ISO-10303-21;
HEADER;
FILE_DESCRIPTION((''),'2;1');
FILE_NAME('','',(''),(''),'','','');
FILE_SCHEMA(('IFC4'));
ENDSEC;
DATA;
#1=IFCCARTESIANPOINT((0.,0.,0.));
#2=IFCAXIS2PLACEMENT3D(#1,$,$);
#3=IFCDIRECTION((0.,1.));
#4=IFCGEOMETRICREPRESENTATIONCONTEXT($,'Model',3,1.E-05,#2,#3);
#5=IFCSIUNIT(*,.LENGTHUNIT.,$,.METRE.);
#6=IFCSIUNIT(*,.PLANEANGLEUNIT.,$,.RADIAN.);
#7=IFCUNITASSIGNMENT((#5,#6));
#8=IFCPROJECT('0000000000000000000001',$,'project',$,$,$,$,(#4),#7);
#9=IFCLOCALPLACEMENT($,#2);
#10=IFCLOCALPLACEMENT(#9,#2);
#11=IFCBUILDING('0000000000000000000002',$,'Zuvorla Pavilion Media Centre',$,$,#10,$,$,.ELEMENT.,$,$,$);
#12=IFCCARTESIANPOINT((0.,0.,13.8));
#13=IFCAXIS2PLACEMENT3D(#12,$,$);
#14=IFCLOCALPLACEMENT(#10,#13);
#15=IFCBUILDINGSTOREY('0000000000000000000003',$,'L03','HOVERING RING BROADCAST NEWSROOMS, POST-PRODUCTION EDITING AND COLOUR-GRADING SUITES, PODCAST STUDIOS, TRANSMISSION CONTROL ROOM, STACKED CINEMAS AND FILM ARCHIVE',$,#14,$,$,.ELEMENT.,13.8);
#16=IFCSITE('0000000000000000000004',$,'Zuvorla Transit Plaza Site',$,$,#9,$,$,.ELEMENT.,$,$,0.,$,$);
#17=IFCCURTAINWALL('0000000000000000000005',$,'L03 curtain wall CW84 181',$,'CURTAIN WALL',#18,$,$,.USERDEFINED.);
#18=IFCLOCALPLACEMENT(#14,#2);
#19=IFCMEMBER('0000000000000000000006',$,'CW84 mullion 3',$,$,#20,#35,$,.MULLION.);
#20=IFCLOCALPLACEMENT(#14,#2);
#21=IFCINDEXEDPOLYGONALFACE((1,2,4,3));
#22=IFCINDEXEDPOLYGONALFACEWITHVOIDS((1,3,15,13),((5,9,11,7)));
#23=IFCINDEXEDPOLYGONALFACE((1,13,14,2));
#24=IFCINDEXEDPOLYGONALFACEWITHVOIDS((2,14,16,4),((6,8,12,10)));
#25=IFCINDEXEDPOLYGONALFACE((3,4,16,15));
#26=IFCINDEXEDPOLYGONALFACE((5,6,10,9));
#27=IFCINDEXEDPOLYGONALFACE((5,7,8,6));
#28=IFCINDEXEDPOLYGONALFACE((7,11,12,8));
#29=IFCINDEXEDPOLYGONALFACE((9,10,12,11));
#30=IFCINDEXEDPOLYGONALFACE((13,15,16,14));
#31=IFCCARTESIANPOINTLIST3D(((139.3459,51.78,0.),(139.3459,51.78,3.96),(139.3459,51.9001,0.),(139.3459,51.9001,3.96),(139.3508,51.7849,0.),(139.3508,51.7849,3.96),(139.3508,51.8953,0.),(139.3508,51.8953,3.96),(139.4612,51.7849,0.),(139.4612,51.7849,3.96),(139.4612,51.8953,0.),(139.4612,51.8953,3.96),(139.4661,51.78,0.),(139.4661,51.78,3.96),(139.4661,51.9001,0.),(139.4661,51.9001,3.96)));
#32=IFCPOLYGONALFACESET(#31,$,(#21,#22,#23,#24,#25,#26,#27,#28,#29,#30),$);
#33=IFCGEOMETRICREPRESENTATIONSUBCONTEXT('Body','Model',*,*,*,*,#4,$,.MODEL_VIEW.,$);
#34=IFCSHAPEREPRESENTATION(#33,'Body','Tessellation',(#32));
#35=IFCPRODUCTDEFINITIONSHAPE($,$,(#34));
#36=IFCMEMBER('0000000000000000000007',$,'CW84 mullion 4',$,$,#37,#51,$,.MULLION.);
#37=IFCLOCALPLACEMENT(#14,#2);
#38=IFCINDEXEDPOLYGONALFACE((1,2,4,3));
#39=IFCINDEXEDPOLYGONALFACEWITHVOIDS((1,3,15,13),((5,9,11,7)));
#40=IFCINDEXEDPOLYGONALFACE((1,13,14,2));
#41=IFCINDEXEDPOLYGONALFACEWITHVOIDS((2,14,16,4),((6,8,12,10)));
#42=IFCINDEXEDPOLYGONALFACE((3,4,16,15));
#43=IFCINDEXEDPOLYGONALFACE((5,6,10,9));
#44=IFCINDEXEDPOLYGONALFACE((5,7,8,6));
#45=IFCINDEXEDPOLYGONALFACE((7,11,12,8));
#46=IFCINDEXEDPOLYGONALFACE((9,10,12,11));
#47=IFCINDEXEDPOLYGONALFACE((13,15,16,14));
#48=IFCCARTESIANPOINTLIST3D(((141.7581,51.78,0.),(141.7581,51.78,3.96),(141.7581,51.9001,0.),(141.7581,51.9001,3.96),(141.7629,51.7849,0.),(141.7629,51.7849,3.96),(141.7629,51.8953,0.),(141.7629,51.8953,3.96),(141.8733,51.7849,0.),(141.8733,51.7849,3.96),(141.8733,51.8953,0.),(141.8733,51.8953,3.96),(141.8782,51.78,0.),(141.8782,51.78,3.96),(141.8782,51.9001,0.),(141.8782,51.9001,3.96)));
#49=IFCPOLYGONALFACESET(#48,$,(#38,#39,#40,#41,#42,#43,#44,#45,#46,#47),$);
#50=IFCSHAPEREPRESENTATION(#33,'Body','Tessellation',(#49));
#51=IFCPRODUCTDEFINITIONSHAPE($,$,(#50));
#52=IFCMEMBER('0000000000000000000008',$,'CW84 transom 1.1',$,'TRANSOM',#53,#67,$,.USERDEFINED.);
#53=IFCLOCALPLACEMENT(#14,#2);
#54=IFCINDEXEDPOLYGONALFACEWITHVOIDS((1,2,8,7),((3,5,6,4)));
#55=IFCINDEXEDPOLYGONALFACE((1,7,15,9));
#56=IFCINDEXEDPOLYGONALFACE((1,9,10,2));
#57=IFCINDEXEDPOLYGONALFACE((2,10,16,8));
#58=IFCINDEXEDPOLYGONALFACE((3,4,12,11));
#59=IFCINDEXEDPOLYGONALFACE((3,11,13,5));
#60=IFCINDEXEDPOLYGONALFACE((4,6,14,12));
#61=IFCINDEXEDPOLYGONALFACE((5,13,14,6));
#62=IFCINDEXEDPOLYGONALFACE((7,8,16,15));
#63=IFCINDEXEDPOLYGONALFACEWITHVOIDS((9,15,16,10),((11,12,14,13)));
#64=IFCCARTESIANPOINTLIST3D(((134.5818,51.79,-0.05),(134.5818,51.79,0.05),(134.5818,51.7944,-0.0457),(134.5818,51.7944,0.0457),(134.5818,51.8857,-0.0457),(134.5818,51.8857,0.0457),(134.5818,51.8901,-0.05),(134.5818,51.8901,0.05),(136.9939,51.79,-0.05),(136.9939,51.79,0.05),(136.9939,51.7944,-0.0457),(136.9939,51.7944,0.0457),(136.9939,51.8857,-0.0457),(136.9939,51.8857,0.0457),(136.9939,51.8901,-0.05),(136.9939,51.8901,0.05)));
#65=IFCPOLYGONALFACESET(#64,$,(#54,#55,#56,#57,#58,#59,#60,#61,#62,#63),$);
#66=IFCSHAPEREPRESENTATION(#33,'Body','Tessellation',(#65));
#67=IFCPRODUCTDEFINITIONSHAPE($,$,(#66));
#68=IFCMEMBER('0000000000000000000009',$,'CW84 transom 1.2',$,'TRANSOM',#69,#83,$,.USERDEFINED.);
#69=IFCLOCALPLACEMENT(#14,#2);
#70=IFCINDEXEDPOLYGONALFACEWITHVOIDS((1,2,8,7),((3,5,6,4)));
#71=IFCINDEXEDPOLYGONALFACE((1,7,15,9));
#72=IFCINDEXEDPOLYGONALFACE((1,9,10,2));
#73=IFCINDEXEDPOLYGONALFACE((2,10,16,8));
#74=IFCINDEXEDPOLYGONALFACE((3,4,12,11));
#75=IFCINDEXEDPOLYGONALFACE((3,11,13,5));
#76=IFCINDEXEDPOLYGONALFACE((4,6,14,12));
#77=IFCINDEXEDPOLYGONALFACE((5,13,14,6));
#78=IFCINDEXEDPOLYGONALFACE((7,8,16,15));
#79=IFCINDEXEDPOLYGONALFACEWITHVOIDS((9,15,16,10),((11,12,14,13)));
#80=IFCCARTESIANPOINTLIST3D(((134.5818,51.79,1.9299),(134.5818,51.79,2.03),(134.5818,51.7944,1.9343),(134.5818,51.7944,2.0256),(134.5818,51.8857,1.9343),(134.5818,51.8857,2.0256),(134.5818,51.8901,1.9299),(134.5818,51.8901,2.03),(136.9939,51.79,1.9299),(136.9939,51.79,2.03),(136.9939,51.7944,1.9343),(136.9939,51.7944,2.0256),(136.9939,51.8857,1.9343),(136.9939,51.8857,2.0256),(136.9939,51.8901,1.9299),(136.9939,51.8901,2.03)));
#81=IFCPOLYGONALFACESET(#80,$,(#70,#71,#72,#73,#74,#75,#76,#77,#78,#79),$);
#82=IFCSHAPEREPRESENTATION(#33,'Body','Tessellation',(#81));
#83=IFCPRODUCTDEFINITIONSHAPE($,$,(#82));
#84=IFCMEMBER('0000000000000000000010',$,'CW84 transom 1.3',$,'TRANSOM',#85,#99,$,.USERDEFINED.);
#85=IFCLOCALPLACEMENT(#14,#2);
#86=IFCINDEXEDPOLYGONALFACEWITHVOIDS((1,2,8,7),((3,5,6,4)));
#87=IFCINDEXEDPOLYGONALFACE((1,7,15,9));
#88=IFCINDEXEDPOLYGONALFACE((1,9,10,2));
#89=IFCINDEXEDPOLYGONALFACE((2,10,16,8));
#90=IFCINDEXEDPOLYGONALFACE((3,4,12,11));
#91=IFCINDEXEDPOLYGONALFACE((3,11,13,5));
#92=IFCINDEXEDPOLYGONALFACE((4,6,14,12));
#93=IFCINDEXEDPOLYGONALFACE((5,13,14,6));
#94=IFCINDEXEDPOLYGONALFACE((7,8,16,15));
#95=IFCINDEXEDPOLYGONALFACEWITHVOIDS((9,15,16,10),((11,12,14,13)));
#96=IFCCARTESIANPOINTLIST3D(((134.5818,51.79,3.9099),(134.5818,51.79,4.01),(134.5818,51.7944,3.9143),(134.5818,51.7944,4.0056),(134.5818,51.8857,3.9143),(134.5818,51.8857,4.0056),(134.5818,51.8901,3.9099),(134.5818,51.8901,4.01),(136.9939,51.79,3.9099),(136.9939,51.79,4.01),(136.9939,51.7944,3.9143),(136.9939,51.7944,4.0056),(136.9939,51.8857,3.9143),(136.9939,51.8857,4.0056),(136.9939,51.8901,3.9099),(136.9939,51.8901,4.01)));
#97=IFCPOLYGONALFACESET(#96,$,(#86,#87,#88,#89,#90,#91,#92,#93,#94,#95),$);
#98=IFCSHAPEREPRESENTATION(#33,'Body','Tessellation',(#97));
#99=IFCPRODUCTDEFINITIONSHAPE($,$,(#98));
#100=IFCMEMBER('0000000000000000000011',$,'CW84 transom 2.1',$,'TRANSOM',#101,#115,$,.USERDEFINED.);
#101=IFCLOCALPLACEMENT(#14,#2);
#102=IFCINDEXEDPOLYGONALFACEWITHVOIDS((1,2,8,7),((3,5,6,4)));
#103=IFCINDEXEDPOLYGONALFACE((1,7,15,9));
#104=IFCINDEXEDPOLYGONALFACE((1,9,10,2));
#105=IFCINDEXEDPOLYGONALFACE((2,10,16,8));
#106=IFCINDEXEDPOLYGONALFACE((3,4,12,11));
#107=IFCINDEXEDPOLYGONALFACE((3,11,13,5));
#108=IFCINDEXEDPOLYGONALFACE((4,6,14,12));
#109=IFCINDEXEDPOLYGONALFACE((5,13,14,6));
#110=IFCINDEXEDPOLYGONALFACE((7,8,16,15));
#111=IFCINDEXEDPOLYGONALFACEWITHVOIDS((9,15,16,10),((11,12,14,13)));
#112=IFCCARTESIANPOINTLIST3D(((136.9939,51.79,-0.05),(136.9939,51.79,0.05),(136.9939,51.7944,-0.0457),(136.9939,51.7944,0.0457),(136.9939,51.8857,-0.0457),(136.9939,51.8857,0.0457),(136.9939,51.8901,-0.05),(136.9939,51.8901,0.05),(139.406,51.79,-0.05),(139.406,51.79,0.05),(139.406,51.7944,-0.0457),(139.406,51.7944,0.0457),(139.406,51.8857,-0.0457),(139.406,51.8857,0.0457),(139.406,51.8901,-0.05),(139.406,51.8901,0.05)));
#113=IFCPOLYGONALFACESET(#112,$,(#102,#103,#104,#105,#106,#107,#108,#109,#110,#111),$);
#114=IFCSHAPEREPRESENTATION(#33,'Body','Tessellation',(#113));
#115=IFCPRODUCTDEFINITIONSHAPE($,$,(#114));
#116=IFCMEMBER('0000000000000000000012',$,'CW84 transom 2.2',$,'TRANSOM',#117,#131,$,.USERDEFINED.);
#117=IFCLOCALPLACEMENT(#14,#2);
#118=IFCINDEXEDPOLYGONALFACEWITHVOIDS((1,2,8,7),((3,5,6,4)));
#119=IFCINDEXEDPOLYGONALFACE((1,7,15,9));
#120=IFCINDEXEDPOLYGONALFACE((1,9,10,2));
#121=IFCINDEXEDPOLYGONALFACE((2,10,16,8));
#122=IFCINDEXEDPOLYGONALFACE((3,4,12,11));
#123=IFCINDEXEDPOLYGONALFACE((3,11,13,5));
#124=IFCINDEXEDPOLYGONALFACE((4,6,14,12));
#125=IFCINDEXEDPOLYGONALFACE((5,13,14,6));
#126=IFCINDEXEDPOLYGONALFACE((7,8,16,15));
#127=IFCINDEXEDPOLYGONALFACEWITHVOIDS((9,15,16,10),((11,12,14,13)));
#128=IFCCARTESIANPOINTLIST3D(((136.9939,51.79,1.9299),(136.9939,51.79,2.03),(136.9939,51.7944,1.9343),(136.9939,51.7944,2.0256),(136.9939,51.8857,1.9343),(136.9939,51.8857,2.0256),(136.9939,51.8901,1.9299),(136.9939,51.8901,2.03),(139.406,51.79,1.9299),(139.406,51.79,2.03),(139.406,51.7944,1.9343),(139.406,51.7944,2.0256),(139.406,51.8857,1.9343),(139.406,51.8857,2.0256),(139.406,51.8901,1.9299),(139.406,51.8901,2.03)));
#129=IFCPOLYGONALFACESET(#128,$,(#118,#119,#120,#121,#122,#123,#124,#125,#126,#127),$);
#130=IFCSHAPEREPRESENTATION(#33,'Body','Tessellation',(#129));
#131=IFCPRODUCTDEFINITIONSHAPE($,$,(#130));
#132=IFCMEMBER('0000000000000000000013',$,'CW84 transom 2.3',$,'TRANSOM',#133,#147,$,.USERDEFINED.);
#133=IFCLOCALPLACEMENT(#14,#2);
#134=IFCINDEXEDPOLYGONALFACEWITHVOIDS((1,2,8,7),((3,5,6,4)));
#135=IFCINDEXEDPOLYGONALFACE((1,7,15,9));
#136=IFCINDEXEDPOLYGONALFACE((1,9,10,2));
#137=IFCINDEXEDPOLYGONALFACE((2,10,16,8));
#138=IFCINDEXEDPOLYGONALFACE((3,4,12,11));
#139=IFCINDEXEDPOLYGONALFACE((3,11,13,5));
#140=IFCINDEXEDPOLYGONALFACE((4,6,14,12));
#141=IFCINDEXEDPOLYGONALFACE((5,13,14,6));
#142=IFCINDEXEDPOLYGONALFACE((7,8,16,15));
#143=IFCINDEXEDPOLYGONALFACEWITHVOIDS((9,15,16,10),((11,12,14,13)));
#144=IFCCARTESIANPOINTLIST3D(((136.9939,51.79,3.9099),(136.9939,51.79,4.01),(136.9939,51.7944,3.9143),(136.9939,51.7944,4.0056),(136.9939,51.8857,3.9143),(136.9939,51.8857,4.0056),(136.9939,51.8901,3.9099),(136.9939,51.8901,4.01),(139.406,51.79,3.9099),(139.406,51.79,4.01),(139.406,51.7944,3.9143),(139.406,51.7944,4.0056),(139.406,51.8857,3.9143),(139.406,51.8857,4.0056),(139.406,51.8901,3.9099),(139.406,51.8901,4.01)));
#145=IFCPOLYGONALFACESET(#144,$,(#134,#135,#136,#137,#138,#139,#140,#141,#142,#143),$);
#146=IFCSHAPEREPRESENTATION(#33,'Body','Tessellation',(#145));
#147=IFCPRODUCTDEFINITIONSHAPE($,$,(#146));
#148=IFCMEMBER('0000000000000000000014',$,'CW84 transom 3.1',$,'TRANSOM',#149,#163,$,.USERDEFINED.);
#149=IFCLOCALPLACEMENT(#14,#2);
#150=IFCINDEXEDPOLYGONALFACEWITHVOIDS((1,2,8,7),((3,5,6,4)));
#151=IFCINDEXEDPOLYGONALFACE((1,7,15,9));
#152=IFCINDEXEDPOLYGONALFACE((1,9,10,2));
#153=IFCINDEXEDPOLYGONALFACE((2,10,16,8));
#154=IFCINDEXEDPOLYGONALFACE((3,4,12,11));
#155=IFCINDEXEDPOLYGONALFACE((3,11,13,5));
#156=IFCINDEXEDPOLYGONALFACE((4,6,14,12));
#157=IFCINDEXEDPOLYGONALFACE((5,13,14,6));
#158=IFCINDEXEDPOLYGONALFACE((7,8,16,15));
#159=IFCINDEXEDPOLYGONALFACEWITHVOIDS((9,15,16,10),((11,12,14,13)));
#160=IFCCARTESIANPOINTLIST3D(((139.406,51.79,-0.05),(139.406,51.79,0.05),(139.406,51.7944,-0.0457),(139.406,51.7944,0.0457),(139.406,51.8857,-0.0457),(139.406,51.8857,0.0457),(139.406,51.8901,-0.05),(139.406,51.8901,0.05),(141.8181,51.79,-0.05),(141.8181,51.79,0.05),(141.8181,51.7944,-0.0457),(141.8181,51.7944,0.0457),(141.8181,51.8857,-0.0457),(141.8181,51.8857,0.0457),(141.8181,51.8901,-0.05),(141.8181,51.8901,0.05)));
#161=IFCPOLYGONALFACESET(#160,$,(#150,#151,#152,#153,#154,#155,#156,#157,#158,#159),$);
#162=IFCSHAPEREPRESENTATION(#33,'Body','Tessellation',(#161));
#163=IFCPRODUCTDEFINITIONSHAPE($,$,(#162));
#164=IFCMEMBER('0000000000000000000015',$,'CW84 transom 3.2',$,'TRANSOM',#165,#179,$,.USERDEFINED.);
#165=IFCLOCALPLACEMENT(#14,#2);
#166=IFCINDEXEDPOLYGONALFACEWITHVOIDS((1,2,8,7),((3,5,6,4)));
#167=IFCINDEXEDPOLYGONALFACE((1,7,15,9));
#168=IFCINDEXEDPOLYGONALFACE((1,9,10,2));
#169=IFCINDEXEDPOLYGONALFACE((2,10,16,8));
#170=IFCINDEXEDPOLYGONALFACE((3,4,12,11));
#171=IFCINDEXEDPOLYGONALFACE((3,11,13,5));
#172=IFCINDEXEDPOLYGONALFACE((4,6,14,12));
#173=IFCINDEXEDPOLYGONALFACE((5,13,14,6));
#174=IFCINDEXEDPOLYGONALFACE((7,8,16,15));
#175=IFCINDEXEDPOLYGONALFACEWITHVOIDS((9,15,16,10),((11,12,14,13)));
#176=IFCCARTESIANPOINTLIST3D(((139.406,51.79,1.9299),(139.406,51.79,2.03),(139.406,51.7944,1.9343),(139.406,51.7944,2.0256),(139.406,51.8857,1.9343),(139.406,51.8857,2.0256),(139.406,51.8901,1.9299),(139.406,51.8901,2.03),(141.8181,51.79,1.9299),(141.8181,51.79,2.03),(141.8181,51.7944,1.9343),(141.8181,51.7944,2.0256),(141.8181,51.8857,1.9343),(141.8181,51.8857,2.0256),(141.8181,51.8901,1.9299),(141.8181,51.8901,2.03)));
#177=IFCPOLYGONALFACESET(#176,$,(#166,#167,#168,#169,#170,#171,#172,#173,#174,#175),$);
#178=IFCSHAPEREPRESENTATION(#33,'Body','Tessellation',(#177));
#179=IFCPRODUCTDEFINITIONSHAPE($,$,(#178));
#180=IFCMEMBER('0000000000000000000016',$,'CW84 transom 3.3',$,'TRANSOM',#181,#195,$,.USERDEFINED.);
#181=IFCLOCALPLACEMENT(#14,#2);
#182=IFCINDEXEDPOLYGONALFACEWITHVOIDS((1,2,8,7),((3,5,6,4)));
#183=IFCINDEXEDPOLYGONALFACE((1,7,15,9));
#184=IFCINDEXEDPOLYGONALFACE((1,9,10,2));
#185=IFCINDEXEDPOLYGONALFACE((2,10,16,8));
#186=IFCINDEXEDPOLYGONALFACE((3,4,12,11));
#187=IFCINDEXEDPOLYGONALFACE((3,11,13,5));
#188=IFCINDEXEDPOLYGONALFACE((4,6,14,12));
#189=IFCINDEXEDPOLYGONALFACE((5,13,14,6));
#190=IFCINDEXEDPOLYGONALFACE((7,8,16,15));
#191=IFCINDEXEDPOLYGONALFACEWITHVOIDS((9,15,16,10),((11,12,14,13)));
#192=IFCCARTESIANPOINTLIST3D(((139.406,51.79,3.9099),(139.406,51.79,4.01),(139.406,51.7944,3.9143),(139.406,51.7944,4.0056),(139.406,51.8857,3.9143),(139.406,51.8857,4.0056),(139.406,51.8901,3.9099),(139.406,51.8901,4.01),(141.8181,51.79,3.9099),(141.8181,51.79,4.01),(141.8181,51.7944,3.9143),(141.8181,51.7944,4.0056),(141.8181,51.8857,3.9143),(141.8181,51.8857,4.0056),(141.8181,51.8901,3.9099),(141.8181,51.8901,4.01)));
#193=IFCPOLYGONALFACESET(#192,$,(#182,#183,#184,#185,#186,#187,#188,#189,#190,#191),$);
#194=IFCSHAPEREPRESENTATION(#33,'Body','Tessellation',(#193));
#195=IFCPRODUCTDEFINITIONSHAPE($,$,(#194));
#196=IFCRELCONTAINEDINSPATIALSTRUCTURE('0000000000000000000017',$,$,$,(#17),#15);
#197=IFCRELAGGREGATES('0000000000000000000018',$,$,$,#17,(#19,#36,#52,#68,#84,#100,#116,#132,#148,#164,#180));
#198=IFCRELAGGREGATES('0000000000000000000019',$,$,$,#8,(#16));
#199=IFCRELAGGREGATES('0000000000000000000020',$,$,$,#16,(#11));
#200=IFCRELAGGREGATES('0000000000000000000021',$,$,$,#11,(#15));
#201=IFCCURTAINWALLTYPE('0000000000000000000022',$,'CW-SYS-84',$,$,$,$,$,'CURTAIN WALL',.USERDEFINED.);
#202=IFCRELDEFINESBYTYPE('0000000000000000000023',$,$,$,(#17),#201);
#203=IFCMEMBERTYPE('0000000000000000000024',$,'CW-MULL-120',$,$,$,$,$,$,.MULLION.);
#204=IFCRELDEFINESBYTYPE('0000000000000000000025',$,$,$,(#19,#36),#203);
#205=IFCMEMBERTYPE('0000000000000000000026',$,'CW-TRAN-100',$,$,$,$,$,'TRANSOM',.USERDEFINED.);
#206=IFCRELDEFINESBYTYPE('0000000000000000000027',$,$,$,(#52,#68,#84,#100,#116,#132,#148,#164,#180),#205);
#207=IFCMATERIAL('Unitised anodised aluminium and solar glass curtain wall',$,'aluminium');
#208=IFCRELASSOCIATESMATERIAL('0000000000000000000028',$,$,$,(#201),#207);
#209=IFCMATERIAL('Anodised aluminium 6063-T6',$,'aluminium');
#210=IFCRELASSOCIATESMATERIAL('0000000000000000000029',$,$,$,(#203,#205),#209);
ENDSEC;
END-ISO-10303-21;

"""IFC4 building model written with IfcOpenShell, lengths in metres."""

from ifc_helpers import new_model, si_unit, direction, frame, origin, origin_2d, place, context, subcontext, project, spatial, hollow_rectangle, extrude, material, material_profile, profile_set, type_object, element, aggregate, save


model = new_model("IFC4")

# Units and contexts
model_context = context("Model", 3, precision=1e-05, world=origin(), true_north=direction((0.0, 1.0)))
body_context = subcontext(model_context, "Body", "Model", "MODEL_VIEW")
ifc_project = project(units=[si_unit("LENGTHUNIT", "METRE"), si_unit("PLANEANGLEUNIT", "RADIAN")], contexts=[model_context])

# Site, building, storey
site_placement = place(None, origin())
site = spatial("IfcSite", under=ifc_project, at=site_placement, Name="Zuvorla Transit Plaza Site", CompositionType="ELEMENT", RefElevation=0.0)
building_placement = place(site_placement, origin())
building = spatial("IfcBuilding", under=site, at=building_placement, Name="Zuvorla Pavilion Media Centre", CompositionType="ELEMENT")
storey_placement = place(building_placement, frame((0.0, 0.0, 13.8)))
storey = spatial("IfcBuildingStorey", under=building, at=storey_placement, Name="L03", Description="HOVERING RING BROADCAST NEWSROOMS, POST-PRODUCTION EDITING AND COLOUR-GRADING SUITES, PODCAST STUDIOS, TRANSMISSION CONTROL ROOM, STACKED CINEMAS AND FILM ARCHIVE", CompositionType="ELEMENT", Elevation=13.8)

# Shared definitions
ifc_material_1 = material(Name="Unitised anodised aluminium and solar glass curtain wall", Category="aluminium")
ifc_material_2 = material(Name="Anodised aluminium 6063-T6", Category="aluminium")

# Curtain wall, members
curtain_wall_type_1 = type_object("IfcCurtainWallType", Name="CW-SYS-84", ElementType="CURTAIN WALL", PredefinedType="USERDEFINED", material=ifc_material_1)
curtain_wall_1_placement = place(storey_placement, origin())
curtain_wall_1 = element("IfcCurtainWall", 1, at=curtain_wall_1_placement, inside=storey, type_object=curtain_wall_type_1, Name="L03 curtain wall CW84 181", ObjectType="CURTAIN WALL", PredefinedType="USERDEFINED")
ifc_material_profile_1 = material_profile(ifc_material_2, hollow_rectangle(XDim=0.1201, YDim=0.1201, WallThickness=0.0049, at=origin_2d()), Name="ALU MULL 120x120")
ifc_profile_set_1 = profile_set([ifc_material_profile_1], Name="Anodised aluminium 6063-T6")
member_type_1 = type_object("IfcMemberType", Name="CW-MULL-120", PredefinedType="MULLION", material=ifc_profile_set_1)
member_1_placement = place(storey_placement, frame((139.406, 51.8401, 0.0), z_axis=(0.0, 0.0, 1.0), x_axis=(1.0, 0.0, 0.0)))
member_1 = element("IfcMember", 2, at=member_1_placement, type_object=member_type_1, Name="CW84 mullion 3", PredefinedType="MULLION", context=body_context, shape_type="SweptSolid", body=[
    extrude(hollow_rectangle(XDim=0.1201, YDim=0.1201, WallThickness=0.0049, at=origin_2d()), origin(), (0.0, 0.0, 1.0), 3.96),
])
member_2_placement = place(storey_placement, frame((141.8181, 51.8401, 0.0), z_axis=(0.0, 0.0, 1.0), x_axis=(1.0, 0.0, 0.0)))
member_2 = element("IfcMember", 3, at=member_2_placement, type_object=member_type_1, Name="CW84 mullion 4", PredefinedType="MULLION", context=body_context, shape_type="SweptSolid", body=[
    extrude(hollow_rectangle(XDim=0.1201, YDim=0.1201, WallThickness=0.0049, at=origin_2d()), origin(), (0.0, 0.0, 1.0), 3.96),
])
ifc_material_profile_2 = material_profile(ifc_material_2, hollow_rectangle(XDim=0.1001, YDim=0.1001, WallThickness=0.0044, at=origin_2d()), Name="ALU TRAN 100x100")
ifc_profile_set_2 = profile_set([ifc_material_profile_2], Name="Anodised aluminium 6063-T6")
member_type_2 = type_object("IfcMemberType", Name="CW-TRAN-100", ElementType="TRANSOM", PredefinedType="USERDEFINED", material=ifc_profile_set_2)
member_3_placement = place(storey_placement, frame((134.5818, 51.8401, 0.0), z_axis=(1.0, 0.0, 0.0), x_axis=(0.0, 1.0, 0.0)))
member_3 = element("IfcMember", 4, at=member_3_placement, type_object=member_type_2, Name="CW84 transom 1.1", ObjectType="TRANSOM", PredefinedType="USERDEFINED", context=body_context, shape_type="SweptSolid", body=[
    extrude(hollow_rectangle(XDim=0.1001, YDim=0.1001, WallThickness=0.0044, at=origin_2d()), origin(), (0.0, 0.0, 1.0), 2.4121),
])
member_4_placement = place(storey_placement, frame((134.5818, 51.8401, 1.98), z_axis=(1.0, 0.0, 0.0), x_axis=(0.0, 1.0, 0.0)))
member_4 = element("IfcMember", 5, at=member_4_placement, type_object=member_type_2, Name="CW84 transom 1.2", ObjectType="TRANSOM", PredefinedType="USERDEFINED", context=body_context, shape_type="SweptSolid", body=[
    extrude(hollow_rectangle(XDim=0.1001, YDim=0.1001, WallThickness=0.0044, at=origin_2d()), origin(), (0.0, 0.0, 1.0), 2.4121),
])
member_5_placement = place(storey_placement, frame((134.5818, 51.8401, 3.96), z_axis=(1.0, 0.0, 0.0), x_axis=(0.0, 1.0, 0.0)))
member_5 = element("IfcMember", 6, at=member_5_placement, type_object=member_type_2, Name="CW84 transom 1.3", ObjectType="TRANSOM", PredefinedType="USERDEFINED", context=body_context, shape_type="SweptSolid", body=[
    extrude(hollow_rectangle(XDim=0.1001, YDim=0.1001, WallThickness=0.0044, at=origin_2d()), origin(), (0.0, 0.0, 1.0), 2.4121),
])
member_6_placement = place(storey_placement, frame((136.9939, 51.8401, 0.0), z_axis=(1.0, 0.0, 0.0), x_axis=(0.0, 1.0, 0.0)))
member_6 = element("IfcMember", 7, at=member_6_placement, type_object=member_type_2, Name="CW84 transom 2.1", ObjectType="TRANSOM", PredefinedType="USERDEFINED", context=body_context, shape_type="SweptSolid", body=[
    extrude(hollow_rectangle(XDim=0.1001, YDim=0.1001, WallThickness=0.0044, at=origin_2d()), origin(), (0.0, 0.0, 1.0), 2.4121),
])
member_7_placement = place(storey_placement, frame((136.9939, 51.8401, 1.98), z_axis=(1.0, 0.0, 0.0), x_axis=(0.0, 1.0, 0.0)))
member_7 = element("IfcMember", 8, at=member_7_placement, type_object=member_type_2, Name="CW84 transom 2.2", ObjectType="TRANSOM", PredefinedType="USERDEFINED", context=body_context, shape_type="SweptSolid", body=[
    extrude(hollow_rectangle(XDim=0.1001, YDim=0.1001, WallThickness=0.0044, at=origin_2d()), origin(), (0.0, 0.0, 1.0), 2.4121),
])
member_8_placement = place(storey_placement, frame((136.9939, 51.8401, 3.96), z_axis=(1.0, 0.0, 0.0), x_axis=(0.0, 1.0, 0.0)))
member_8 = element("IfcMember", 9, at=member_8_placement, type_object=member_type_2, Name="CW84 transom 2.3", ObjectType="TRANSOM", PredefinedType="USERDEFINED", context=body_context, shape_type="SweptSolid", body=[
    extrude(hollow_rectangle(XDim=0.1001, YDim=0.1001, WallThickness=0.0044, at=origin_2d()), origin(), (0.0, 0.0, 1.0), 2.4121),
])
member_9_placement = place(storey_placement, frame((139.406, 51.8401, 0.0), z_axis=(1.0, 0.0, 0.0), x_axis=(0.0, 1.0, 0.0)))
member_9 = element("IfcMember", 10, at=member_9_placement, type_object=member_type_2, Name="CW84 transom 3.1", ObjectType="TRANSOM", PredefinedType="USERDEFINED", context=body_context, shape_type="SweptSolid", body=[
    extrude(hollow_rectangle(XDim=0.1001, YDim=0.1001, WallThickness=0.0044, at=origin_2d()), origin(), (0.0, 0.0, 1.0), 2.4121),
])
member_10_placement = place(storey_placement, frame((139.406, 51.8401, 1.98), z_axis=(1.0, 0.0, 0.0), x_axis=(0.0, 1.0, 0.0)))
member_10 = element("IfcMember", 11, at=member_10_placement, type_object=member_type_2, Name="CW84 transom 3.2", ObjectType="TRANSOM", PredefinedType="USERDEFINED", context=body_context, shape_type="SweptSolid", body=[
    extrude(hollow_rectangle(XDim=0.1001, YDim=0.1001, WallThickness=0.0044, at=origin_2d()), origin(), (0.0, 0.0, 1.0), 2.4121),
])
member_11_placement = place(storey_placement, frame((139.406, 51.8401, 3.96), z_axis=(1.0, 0.0, 0.0), x_axis=(0.0, 1.0, 0.0)))
member_11 = element("IfcMember", 12, at=member_11_placement, type_object=member_type_2, Name="CW84 transom 3.3", ObjectType="TRANSOM", PredefinedType="USERDEFINED", context=body_context, shape_type="SweptSolid", body=[
    extrude(hollow_rectangle(XDim=0.1001, YDim=0.1001, WallThickness=0.0044, at=origin_2d()), origin(), (0.0, 0.0, 1.0), 2.4121),
])

aggregate(curtain_wall_1, [member_1, member_2, member_3, member_4, member_5, member_6, member_7, member_8, member_9, member_10, member_11])

save(model, "model.ifc")
